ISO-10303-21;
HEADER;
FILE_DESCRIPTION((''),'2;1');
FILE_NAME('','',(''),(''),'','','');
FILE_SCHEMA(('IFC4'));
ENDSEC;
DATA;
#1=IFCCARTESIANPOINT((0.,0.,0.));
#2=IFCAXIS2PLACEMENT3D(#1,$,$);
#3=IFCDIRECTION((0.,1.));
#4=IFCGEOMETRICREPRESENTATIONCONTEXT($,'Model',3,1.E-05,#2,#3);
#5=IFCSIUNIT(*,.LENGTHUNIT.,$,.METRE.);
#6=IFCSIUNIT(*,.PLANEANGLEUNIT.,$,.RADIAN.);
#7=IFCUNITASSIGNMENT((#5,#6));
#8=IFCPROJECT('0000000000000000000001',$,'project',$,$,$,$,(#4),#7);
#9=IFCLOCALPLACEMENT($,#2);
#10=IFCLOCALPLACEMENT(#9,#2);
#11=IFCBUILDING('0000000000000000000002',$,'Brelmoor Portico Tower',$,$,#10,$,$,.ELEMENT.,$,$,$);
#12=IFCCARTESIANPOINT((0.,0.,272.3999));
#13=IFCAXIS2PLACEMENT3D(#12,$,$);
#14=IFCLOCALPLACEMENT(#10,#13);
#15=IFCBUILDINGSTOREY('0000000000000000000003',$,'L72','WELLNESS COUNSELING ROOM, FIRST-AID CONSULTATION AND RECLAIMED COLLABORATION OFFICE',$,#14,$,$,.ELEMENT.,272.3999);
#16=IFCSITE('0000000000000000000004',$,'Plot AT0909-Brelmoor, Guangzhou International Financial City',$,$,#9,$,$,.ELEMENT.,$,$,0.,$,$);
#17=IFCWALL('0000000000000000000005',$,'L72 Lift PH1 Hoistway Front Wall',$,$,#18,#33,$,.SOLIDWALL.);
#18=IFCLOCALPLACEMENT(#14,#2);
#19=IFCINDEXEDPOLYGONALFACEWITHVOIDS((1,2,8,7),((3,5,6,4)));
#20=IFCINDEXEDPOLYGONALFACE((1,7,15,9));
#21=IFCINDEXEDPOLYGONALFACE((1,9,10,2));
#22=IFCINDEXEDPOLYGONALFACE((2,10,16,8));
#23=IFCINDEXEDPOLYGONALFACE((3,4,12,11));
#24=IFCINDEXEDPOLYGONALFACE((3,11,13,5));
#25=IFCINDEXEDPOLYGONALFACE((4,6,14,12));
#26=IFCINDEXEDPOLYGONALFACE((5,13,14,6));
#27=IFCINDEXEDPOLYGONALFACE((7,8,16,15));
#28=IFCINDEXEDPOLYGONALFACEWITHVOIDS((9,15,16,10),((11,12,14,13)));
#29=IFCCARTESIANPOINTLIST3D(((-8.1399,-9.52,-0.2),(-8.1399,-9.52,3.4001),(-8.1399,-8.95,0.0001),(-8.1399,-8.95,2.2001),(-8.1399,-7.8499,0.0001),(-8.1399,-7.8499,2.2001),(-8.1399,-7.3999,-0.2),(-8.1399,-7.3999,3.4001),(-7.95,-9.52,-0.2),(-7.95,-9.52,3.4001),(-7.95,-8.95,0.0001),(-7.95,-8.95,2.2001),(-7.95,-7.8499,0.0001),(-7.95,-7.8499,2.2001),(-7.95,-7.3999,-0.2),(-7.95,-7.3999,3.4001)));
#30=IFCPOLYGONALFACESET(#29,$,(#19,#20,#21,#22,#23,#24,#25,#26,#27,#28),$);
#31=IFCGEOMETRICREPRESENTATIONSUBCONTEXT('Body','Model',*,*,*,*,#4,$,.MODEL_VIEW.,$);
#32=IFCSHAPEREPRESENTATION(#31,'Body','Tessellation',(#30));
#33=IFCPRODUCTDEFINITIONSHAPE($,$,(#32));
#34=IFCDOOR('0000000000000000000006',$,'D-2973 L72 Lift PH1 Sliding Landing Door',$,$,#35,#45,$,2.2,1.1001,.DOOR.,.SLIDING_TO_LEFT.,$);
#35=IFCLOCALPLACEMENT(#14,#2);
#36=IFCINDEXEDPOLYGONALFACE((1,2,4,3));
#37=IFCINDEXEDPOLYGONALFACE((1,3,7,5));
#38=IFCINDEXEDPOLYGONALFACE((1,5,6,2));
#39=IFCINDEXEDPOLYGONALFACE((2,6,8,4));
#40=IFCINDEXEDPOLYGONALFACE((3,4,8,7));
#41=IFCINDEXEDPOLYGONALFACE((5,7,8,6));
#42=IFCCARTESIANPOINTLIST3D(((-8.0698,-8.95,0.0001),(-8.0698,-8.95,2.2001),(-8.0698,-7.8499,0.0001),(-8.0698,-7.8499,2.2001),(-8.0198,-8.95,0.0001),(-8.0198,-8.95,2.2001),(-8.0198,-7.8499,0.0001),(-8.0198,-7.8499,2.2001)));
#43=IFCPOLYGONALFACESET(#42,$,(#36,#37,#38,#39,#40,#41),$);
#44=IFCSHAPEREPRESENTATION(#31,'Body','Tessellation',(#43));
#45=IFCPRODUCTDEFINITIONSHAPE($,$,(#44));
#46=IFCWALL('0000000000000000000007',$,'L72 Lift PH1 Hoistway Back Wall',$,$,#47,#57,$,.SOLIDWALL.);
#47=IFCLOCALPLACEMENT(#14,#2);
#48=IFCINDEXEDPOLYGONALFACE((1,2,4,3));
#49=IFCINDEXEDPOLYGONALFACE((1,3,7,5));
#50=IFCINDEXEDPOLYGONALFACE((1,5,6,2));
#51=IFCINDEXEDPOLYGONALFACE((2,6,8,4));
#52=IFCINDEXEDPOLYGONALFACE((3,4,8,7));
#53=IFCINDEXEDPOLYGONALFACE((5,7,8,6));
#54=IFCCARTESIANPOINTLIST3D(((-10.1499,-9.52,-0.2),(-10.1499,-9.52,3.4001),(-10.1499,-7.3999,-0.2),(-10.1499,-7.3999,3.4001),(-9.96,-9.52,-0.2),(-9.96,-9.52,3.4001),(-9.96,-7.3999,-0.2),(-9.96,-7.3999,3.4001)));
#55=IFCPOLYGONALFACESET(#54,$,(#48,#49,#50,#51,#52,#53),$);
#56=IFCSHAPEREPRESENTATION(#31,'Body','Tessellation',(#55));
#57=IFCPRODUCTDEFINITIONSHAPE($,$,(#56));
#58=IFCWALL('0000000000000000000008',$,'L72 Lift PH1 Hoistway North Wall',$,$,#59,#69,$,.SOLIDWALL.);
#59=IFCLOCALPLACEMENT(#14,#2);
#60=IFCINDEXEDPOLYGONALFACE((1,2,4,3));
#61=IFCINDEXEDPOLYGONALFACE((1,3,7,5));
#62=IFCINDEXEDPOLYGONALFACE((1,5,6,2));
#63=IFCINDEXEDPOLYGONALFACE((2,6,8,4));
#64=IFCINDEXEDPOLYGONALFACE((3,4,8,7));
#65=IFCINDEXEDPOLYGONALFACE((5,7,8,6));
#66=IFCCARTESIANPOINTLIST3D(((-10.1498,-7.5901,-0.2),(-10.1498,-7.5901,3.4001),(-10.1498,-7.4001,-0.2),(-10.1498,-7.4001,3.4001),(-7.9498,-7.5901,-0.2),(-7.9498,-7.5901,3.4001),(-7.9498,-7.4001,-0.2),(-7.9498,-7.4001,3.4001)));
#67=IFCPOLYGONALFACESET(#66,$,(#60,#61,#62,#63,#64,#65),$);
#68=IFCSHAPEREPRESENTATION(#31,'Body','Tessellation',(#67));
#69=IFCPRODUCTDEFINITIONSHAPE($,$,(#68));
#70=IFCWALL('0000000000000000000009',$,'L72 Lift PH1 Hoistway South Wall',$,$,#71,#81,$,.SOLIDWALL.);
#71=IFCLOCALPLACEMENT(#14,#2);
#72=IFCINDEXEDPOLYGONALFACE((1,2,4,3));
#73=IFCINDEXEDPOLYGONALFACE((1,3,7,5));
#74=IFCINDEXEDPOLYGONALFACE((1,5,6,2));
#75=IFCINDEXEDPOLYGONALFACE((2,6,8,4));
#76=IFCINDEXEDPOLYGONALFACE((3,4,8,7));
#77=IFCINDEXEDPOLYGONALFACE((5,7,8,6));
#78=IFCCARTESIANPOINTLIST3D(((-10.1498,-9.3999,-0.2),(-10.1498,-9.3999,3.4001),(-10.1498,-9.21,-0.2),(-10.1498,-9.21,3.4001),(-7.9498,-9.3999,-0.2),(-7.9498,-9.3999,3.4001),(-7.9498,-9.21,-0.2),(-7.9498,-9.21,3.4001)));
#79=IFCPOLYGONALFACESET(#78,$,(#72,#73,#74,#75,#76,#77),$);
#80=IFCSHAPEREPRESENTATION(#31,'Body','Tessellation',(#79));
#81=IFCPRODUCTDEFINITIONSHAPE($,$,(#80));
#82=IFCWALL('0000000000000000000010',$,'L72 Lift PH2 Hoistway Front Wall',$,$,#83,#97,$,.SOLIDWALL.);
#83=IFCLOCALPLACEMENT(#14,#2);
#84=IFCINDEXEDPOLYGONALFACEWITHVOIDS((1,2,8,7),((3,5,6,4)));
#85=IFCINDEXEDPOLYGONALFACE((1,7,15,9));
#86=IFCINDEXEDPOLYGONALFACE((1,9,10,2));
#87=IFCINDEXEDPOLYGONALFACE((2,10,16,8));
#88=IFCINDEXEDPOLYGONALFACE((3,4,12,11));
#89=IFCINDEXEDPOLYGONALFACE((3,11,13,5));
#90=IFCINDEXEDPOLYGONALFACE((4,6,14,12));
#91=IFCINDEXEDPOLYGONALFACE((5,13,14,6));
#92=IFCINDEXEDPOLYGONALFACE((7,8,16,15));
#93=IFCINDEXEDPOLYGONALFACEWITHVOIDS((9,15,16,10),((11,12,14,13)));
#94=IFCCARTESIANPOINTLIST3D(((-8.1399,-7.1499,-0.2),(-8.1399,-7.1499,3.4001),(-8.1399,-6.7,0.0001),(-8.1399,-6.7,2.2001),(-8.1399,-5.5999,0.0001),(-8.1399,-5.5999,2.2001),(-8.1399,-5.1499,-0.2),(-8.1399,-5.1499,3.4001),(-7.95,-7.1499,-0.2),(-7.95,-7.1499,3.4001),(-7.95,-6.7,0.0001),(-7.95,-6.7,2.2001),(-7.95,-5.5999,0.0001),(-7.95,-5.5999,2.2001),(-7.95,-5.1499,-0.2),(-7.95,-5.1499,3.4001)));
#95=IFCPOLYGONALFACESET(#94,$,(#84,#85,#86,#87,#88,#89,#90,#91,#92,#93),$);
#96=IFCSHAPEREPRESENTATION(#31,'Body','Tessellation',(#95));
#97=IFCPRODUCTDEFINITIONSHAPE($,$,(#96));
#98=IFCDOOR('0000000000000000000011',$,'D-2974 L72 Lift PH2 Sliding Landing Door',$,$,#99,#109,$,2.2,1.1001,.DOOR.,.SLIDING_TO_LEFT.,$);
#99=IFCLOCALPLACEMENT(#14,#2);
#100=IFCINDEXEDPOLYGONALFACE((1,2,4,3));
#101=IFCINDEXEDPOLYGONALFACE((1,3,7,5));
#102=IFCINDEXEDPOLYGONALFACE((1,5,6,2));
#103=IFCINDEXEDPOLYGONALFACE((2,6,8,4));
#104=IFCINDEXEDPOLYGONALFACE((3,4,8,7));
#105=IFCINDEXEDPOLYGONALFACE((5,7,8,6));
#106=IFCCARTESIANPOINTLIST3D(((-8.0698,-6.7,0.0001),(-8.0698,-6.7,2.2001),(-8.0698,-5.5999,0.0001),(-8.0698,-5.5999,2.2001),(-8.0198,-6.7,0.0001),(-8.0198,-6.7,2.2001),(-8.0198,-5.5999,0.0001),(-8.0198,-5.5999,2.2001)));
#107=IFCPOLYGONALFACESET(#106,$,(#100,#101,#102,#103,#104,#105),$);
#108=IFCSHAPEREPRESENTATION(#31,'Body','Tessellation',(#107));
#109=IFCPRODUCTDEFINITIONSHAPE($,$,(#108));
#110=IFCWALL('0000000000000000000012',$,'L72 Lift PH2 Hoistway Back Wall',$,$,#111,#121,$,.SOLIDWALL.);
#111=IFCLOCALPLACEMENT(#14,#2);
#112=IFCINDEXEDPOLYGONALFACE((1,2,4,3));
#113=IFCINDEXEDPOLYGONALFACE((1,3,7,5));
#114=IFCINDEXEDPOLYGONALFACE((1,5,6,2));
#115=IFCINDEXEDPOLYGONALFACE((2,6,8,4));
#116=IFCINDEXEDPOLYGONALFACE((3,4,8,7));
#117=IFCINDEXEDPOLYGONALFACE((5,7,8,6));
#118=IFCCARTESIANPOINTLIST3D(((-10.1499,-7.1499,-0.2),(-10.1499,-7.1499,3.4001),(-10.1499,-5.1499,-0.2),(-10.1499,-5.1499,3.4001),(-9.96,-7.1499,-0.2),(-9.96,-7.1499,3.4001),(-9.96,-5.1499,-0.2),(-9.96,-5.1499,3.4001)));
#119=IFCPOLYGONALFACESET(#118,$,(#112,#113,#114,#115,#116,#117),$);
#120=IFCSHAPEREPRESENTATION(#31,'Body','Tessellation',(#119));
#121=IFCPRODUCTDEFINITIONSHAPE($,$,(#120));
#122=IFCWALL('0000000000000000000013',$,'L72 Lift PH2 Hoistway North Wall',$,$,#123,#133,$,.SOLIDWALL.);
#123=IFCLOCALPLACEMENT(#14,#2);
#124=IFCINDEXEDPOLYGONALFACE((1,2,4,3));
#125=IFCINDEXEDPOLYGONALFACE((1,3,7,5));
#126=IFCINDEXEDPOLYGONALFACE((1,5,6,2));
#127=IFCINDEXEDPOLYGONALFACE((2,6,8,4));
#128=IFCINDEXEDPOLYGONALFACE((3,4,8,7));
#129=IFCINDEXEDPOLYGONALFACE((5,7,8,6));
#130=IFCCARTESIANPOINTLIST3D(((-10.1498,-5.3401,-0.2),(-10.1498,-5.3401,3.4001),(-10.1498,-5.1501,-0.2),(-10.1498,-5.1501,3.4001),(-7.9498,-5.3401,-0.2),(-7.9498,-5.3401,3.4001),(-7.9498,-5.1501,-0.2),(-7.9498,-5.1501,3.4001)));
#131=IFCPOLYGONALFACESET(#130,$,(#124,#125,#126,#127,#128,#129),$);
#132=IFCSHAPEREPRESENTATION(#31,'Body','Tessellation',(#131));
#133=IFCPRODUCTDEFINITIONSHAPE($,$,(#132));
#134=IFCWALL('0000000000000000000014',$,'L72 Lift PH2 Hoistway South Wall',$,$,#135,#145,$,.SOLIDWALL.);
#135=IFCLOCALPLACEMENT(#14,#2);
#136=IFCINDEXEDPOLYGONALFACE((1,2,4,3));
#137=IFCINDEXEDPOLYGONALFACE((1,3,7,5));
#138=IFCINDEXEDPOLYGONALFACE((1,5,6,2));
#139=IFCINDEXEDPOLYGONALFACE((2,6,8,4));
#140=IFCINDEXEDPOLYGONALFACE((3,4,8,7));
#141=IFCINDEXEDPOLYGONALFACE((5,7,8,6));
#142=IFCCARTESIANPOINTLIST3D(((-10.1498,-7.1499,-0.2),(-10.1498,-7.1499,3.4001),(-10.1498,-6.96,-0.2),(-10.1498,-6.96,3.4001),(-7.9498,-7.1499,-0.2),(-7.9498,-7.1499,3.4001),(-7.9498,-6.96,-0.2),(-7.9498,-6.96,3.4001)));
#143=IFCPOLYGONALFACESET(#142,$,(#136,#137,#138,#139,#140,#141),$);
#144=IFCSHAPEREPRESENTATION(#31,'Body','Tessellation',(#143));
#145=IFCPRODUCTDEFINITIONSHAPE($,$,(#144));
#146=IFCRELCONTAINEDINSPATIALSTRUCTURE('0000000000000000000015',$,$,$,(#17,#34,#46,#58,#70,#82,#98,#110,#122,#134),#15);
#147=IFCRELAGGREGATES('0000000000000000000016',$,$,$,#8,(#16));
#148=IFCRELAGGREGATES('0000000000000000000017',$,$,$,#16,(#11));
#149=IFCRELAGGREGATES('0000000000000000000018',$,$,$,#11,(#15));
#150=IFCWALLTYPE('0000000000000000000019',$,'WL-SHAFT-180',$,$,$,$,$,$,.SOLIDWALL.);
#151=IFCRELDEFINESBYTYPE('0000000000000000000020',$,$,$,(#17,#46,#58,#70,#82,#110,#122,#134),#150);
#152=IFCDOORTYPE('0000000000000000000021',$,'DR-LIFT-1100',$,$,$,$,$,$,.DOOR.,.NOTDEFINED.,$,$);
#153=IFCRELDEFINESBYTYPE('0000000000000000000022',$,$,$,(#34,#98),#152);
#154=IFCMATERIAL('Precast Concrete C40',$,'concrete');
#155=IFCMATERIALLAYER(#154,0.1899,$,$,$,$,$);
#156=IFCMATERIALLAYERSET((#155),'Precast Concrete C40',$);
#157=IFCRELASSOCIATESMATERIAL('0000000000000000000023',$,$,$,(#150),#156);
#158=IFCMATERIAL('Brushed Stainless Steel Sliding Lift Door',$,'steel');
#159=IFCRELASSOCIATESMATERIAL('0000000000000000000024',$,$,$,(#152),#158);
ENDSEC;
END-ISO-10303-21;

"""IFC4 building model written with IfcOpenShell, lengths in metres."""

from ifc_helpers import new_model, si_unit, direction, frame, frame_2d, origin, place, context, subcontext, project, spatial, rectangle, extrude, material, layer, layer_set, type_object, element, fill, save


model = new_model("IFC4")

# Units and contexts
model_context = context("Model", 3, precision=1e-05, world=origin(), true_north=direction((0.0, 1.0)))
body_context = subcontext(model_context, "Body", "Model", "MODEL_VIEW")
ifc_project = project(units=[si_unit("LENGTHUNIT", "METRE"), si_unit("PLANEANGLEUNIT", "RADIAN")], contexts=[model_context])

# Site, building, storey
site_placement = place(None, origin())
site = spatial("IfcSite", under=ifc_project, at=site_placement, Name="Plot AT0909-Brelmoor, Guangzhou International Financial City", CompositionType="ELEMENT", RefElevation=0.0)
building_placement = place(site_placement, origin())
building = spatial("IfcBuilding", under=site, at=building_placement, Name="Brelmoor Portico Tower", CompositionType="ELEMENT")
storey_placement = place(building_placement, frame((0.0, 0.0, 272.3999)))
storey = spatial("IfcBuildingStorey", under=building, at=storey_placement, Name="L72", Description="WELLNESS COUNSELING ROOM, FIRST-AID CONSULTATION AND RECLAIMED COLLABORATION OFFICE", CompositionType="ELEMENT", Elevation=272.3999)

# Wall, opening, door
ifc_material_1 = material(Name="Precast Concrete C40", Category="concrete")
ifc_layer_1 = layer(ifc_material_1, 0.1899)
ifc_layer_set_1 = layer_set([ifc_layer_1], Name="Precast Concrete C40")
wall_type_1 = type_object("IfcWallType", Name="WL-SHAFT-180", PredefinedType="SOLIDWALL", material=ifc_layer_set_1)
wall_1_placement = place(storey_placement, frame((-8.0449, -9.52, -0.2), z_axis=(0.0, 0.0, 1.0), x_axis=(0.0, 1.0, 0.0)))
wall_1 = element("IfcWall", 1, at=wall_1_placement, inside=storey, type_object=wall_type_1, Name="L72 Lift PH1 Hoistway Front Wall", PredefinedType="SOLIDWALL", context=body_context, shape_type="SweptSolid", body=[
    extrude(rectangle(XDim=2.1201, YDim=0.1899, at=frame_2d((1.0601, 0.0))), origin(), (0.0, 0.0, 1.0), 3.6001),
])
opening_1_placement = place(wall_1_placement, frame((0.5701, 0.0, 0.2)))
opening_1 = element("IfcOpeningElement", 2, at=opening_1_placement, cuts=wall_1, PredefinedType="OPENING", context=body_context, shape_type="SweptSolid", body=[
    extrude(rectangle(XDim=1.1001, YDim=2.2, at=frame_2d((0.55, 1.1001))), frame((0.0, 0.105, 0.0), z_axis=(0.0, -1.0, 0.0), x_axis=(1.0, 0.0, 0.0)), (0.0, 0.0, 1.0), 0.21),
])
ifc_material_2 = material(Name="Brushed Stainless Steel Sliding Lift Door", Category="steel")
door_type_1 = type_object("IfcDoorType", Name="DR-LIFT-1100", OperationType="NOTDEFINED", PredefinedType="DOOR", material=ifc_material_2)
door_1_placement = place(opening_1_placement, origin())
door_1 = element("IfcDoor", 3, at=door_1_placement, inside=storey, type_object=door_type_1, Name="D-2973 L72 Lift PH1 Sliding Landing Door", OperationType="SLIDING_TO_LEFT", OverallHeight=2.2, OverallWidth=1.1001, PredefinedType="DOOR", context=body_context, shape_type="SweptSolid", body=[
    extrude(rectangle(XDim=1.1001, YDim=2.2, at=frame_2d((0.55, 1.1001))), frame((0.0, 0.0249, 0.0), z_axis=(0.0, -1.0, 0.0), x_axis=(1.0, 0.0, 0.0)), (0.0, 0.0, 1.0), 0.05),
])
fill(opening_1, door_1)

# Walls
wall_2_placement = place(storey_placement, frame((-10.0549, -9.52, -0.2), z_axis=(0.0, 0.0, 1.0), x_axis=(0.0, 1.0, 0.0)))
element("IfcWall", 4, at=wall_2_placement, inside=storey, type_object=wall_type_1, Name="L72 Lift PH1 Hoistway Back Wall", PredefinedType="SOLIDWALL", context=body_context, shape_type="SweptSolid", body=[
    extrude(rectangle(XDim=2.1201, YDim=0.1899, at=frame_2d((1.0601, 0.0))), origin(), (0.0, 0.0, 1.0), 3.6001),
])
for number, where, z_axis, x_axis, name in (
    (5, (-10.1499, -7.4951, -0.2), (0.0, 0.0, 1.0), (1.0, 0.0, 0.0), "L72 Lift PH1 Hoistway North Wall"),
    (6, (-10.1499, -9.3049, -0.2), (0.0, 0.0, 1.0), (1.0, 0.0, 0.0), "L72 Lift PH1 Hoistway South Wall"),
):
    element("IfcWall", number, at=place(storey_placement, frame(where, z_axis=z_axis, x_axis=x_axis)), inside=storey, type_object=wall_type_1, Name=name, PredefinedType="SOLIDWALL", context=body_context, shape_type="SweptSolid", body=[
        extrude(rectangle(XDim=2.2, YDim=0.1899, at=frame_2d((1.1001, 0.0))), origin(), (0.0, 0.0, 1.0), 3.6001),
    ])

# Wall, opening, door
wall_3_placement = place(storey_placement, frame((-8.0449, -7.1499, -0.2), z_axis=(0.0, 0.0, 1.0), x_axis=(0.0, 1.0, 0.0)))
wall_3 = element("IfcWall", 7, at=wall_3_placement, inside=storey, type_object=wall_type_1, Name="L72 Lift PH2 Hoistway Front Wall", PredefinedType="SOLIDWALL", context=body_context, shape_type="SweptSolid", body=[
    extrude(rectangle(XDim=2.0, YDim=0.1899, at=frame_2d((1.0, 0.0))), origin(), (0.0, 0.0, 1.0), 3.6001),
])
opening_2_placement = place(wall_3_placement, frame((0.45, 0.0, 0.2)))
opening_2 = element("IfcOpeningElement", 8, at=opening_2_placement, cuts=wall_3, PredefinedType="OPENING", context=body_context, shape_type="SweptSolid", body=[
    extrude(rectangle(XDim=1.1001, YDim=2.2, at=frame_2d((0.55, 1.1001))), frame((0.0, 0.105, 0.0), z_axis=(0.0, -1.0, 0.0), x_axis=(1.0, 0.0, 0.0)), (0.0, 0.0, 1.0), 0.21),
])
door_2_placement = place(opening_2_placement, origin())
door_2 = element("IfcDoor", 9, at=door_2_placement, inside=storey, type_object=door_type_1, Name="D-2974 L72 Lift PH2 Sliding Landing Door", OperationType="SLIDING_TO_LEFT", OverallHeight=2.2, OverallWidth=1.1001, PredefinedType="DOOR", context=body_context, shape_type="SweptSolid", body=[
    extrude(rectangle(XDim=1.1001, YDim=2.2, at=frame_2d((0.55, 1.1001))), frame((0.0, 0.0249, 0.0), z_axis=(0.0, -1.0, 0.0), x_axis=(1.0, 0.0, 0.0)), (0.0, 0.0, 1.0), 0.05),
])
fill(opening_2, door_2)

# Walls
wall_4_placement = place(storey_placement, frame((-10.0549, -7.1499, -0.2), z_axis=(0.0, 0.0, 1.0), x_axis=(0.0, 1.0, 0.0)))
element("IfcWall", 10, at=wall_4_placement, inside=storey, type_object=wall_type_1, Name="L72 Lift PH2 Hoistway Back Wall", PredefinedType="SOLIDWALL", context=body_context, shape_type="SweptSolid", body=[
    extrude(rectangle(XDim=2.0, YDim=0.1899, at=frame_2d((1.0, 0.0))), origin(), (0.0, 0.0, 1.0), 3.6001),
])
for number, where, z_axis, x_axis, name in (
    (11, (-10.1499, -5.2451, -0.2), (0.0, 0.0, 1.0), (1.0, 0.0, 0.0), "L72 Lift PH2 Hoistway North Wall"),
    (12, (-10.1499, -7.0549, -0.2), (0.0, 0.0, 1.0), (1.0, 0.0, 0.0), "L72 Lift PH2 Hoistway South Wall"),
):
    element("IfcWall", number, at=place(storey_placement, frame(where, z_axis=z_axis, x_axis=x_axis)), inside=storey, type_object=wall_type_1, Name=name, PredefinedType="SOLIDWALL", context=body_context, shape_type="SweptSolid", body=[
        extrude(rectangle(XDim=2.2, YDim=0.1899, at=frame_2d((1.1001, 0.0))), origin(), (0.0, 0.0, 1.0), 3.6001),
    ])

save(model, "model.ifc")
